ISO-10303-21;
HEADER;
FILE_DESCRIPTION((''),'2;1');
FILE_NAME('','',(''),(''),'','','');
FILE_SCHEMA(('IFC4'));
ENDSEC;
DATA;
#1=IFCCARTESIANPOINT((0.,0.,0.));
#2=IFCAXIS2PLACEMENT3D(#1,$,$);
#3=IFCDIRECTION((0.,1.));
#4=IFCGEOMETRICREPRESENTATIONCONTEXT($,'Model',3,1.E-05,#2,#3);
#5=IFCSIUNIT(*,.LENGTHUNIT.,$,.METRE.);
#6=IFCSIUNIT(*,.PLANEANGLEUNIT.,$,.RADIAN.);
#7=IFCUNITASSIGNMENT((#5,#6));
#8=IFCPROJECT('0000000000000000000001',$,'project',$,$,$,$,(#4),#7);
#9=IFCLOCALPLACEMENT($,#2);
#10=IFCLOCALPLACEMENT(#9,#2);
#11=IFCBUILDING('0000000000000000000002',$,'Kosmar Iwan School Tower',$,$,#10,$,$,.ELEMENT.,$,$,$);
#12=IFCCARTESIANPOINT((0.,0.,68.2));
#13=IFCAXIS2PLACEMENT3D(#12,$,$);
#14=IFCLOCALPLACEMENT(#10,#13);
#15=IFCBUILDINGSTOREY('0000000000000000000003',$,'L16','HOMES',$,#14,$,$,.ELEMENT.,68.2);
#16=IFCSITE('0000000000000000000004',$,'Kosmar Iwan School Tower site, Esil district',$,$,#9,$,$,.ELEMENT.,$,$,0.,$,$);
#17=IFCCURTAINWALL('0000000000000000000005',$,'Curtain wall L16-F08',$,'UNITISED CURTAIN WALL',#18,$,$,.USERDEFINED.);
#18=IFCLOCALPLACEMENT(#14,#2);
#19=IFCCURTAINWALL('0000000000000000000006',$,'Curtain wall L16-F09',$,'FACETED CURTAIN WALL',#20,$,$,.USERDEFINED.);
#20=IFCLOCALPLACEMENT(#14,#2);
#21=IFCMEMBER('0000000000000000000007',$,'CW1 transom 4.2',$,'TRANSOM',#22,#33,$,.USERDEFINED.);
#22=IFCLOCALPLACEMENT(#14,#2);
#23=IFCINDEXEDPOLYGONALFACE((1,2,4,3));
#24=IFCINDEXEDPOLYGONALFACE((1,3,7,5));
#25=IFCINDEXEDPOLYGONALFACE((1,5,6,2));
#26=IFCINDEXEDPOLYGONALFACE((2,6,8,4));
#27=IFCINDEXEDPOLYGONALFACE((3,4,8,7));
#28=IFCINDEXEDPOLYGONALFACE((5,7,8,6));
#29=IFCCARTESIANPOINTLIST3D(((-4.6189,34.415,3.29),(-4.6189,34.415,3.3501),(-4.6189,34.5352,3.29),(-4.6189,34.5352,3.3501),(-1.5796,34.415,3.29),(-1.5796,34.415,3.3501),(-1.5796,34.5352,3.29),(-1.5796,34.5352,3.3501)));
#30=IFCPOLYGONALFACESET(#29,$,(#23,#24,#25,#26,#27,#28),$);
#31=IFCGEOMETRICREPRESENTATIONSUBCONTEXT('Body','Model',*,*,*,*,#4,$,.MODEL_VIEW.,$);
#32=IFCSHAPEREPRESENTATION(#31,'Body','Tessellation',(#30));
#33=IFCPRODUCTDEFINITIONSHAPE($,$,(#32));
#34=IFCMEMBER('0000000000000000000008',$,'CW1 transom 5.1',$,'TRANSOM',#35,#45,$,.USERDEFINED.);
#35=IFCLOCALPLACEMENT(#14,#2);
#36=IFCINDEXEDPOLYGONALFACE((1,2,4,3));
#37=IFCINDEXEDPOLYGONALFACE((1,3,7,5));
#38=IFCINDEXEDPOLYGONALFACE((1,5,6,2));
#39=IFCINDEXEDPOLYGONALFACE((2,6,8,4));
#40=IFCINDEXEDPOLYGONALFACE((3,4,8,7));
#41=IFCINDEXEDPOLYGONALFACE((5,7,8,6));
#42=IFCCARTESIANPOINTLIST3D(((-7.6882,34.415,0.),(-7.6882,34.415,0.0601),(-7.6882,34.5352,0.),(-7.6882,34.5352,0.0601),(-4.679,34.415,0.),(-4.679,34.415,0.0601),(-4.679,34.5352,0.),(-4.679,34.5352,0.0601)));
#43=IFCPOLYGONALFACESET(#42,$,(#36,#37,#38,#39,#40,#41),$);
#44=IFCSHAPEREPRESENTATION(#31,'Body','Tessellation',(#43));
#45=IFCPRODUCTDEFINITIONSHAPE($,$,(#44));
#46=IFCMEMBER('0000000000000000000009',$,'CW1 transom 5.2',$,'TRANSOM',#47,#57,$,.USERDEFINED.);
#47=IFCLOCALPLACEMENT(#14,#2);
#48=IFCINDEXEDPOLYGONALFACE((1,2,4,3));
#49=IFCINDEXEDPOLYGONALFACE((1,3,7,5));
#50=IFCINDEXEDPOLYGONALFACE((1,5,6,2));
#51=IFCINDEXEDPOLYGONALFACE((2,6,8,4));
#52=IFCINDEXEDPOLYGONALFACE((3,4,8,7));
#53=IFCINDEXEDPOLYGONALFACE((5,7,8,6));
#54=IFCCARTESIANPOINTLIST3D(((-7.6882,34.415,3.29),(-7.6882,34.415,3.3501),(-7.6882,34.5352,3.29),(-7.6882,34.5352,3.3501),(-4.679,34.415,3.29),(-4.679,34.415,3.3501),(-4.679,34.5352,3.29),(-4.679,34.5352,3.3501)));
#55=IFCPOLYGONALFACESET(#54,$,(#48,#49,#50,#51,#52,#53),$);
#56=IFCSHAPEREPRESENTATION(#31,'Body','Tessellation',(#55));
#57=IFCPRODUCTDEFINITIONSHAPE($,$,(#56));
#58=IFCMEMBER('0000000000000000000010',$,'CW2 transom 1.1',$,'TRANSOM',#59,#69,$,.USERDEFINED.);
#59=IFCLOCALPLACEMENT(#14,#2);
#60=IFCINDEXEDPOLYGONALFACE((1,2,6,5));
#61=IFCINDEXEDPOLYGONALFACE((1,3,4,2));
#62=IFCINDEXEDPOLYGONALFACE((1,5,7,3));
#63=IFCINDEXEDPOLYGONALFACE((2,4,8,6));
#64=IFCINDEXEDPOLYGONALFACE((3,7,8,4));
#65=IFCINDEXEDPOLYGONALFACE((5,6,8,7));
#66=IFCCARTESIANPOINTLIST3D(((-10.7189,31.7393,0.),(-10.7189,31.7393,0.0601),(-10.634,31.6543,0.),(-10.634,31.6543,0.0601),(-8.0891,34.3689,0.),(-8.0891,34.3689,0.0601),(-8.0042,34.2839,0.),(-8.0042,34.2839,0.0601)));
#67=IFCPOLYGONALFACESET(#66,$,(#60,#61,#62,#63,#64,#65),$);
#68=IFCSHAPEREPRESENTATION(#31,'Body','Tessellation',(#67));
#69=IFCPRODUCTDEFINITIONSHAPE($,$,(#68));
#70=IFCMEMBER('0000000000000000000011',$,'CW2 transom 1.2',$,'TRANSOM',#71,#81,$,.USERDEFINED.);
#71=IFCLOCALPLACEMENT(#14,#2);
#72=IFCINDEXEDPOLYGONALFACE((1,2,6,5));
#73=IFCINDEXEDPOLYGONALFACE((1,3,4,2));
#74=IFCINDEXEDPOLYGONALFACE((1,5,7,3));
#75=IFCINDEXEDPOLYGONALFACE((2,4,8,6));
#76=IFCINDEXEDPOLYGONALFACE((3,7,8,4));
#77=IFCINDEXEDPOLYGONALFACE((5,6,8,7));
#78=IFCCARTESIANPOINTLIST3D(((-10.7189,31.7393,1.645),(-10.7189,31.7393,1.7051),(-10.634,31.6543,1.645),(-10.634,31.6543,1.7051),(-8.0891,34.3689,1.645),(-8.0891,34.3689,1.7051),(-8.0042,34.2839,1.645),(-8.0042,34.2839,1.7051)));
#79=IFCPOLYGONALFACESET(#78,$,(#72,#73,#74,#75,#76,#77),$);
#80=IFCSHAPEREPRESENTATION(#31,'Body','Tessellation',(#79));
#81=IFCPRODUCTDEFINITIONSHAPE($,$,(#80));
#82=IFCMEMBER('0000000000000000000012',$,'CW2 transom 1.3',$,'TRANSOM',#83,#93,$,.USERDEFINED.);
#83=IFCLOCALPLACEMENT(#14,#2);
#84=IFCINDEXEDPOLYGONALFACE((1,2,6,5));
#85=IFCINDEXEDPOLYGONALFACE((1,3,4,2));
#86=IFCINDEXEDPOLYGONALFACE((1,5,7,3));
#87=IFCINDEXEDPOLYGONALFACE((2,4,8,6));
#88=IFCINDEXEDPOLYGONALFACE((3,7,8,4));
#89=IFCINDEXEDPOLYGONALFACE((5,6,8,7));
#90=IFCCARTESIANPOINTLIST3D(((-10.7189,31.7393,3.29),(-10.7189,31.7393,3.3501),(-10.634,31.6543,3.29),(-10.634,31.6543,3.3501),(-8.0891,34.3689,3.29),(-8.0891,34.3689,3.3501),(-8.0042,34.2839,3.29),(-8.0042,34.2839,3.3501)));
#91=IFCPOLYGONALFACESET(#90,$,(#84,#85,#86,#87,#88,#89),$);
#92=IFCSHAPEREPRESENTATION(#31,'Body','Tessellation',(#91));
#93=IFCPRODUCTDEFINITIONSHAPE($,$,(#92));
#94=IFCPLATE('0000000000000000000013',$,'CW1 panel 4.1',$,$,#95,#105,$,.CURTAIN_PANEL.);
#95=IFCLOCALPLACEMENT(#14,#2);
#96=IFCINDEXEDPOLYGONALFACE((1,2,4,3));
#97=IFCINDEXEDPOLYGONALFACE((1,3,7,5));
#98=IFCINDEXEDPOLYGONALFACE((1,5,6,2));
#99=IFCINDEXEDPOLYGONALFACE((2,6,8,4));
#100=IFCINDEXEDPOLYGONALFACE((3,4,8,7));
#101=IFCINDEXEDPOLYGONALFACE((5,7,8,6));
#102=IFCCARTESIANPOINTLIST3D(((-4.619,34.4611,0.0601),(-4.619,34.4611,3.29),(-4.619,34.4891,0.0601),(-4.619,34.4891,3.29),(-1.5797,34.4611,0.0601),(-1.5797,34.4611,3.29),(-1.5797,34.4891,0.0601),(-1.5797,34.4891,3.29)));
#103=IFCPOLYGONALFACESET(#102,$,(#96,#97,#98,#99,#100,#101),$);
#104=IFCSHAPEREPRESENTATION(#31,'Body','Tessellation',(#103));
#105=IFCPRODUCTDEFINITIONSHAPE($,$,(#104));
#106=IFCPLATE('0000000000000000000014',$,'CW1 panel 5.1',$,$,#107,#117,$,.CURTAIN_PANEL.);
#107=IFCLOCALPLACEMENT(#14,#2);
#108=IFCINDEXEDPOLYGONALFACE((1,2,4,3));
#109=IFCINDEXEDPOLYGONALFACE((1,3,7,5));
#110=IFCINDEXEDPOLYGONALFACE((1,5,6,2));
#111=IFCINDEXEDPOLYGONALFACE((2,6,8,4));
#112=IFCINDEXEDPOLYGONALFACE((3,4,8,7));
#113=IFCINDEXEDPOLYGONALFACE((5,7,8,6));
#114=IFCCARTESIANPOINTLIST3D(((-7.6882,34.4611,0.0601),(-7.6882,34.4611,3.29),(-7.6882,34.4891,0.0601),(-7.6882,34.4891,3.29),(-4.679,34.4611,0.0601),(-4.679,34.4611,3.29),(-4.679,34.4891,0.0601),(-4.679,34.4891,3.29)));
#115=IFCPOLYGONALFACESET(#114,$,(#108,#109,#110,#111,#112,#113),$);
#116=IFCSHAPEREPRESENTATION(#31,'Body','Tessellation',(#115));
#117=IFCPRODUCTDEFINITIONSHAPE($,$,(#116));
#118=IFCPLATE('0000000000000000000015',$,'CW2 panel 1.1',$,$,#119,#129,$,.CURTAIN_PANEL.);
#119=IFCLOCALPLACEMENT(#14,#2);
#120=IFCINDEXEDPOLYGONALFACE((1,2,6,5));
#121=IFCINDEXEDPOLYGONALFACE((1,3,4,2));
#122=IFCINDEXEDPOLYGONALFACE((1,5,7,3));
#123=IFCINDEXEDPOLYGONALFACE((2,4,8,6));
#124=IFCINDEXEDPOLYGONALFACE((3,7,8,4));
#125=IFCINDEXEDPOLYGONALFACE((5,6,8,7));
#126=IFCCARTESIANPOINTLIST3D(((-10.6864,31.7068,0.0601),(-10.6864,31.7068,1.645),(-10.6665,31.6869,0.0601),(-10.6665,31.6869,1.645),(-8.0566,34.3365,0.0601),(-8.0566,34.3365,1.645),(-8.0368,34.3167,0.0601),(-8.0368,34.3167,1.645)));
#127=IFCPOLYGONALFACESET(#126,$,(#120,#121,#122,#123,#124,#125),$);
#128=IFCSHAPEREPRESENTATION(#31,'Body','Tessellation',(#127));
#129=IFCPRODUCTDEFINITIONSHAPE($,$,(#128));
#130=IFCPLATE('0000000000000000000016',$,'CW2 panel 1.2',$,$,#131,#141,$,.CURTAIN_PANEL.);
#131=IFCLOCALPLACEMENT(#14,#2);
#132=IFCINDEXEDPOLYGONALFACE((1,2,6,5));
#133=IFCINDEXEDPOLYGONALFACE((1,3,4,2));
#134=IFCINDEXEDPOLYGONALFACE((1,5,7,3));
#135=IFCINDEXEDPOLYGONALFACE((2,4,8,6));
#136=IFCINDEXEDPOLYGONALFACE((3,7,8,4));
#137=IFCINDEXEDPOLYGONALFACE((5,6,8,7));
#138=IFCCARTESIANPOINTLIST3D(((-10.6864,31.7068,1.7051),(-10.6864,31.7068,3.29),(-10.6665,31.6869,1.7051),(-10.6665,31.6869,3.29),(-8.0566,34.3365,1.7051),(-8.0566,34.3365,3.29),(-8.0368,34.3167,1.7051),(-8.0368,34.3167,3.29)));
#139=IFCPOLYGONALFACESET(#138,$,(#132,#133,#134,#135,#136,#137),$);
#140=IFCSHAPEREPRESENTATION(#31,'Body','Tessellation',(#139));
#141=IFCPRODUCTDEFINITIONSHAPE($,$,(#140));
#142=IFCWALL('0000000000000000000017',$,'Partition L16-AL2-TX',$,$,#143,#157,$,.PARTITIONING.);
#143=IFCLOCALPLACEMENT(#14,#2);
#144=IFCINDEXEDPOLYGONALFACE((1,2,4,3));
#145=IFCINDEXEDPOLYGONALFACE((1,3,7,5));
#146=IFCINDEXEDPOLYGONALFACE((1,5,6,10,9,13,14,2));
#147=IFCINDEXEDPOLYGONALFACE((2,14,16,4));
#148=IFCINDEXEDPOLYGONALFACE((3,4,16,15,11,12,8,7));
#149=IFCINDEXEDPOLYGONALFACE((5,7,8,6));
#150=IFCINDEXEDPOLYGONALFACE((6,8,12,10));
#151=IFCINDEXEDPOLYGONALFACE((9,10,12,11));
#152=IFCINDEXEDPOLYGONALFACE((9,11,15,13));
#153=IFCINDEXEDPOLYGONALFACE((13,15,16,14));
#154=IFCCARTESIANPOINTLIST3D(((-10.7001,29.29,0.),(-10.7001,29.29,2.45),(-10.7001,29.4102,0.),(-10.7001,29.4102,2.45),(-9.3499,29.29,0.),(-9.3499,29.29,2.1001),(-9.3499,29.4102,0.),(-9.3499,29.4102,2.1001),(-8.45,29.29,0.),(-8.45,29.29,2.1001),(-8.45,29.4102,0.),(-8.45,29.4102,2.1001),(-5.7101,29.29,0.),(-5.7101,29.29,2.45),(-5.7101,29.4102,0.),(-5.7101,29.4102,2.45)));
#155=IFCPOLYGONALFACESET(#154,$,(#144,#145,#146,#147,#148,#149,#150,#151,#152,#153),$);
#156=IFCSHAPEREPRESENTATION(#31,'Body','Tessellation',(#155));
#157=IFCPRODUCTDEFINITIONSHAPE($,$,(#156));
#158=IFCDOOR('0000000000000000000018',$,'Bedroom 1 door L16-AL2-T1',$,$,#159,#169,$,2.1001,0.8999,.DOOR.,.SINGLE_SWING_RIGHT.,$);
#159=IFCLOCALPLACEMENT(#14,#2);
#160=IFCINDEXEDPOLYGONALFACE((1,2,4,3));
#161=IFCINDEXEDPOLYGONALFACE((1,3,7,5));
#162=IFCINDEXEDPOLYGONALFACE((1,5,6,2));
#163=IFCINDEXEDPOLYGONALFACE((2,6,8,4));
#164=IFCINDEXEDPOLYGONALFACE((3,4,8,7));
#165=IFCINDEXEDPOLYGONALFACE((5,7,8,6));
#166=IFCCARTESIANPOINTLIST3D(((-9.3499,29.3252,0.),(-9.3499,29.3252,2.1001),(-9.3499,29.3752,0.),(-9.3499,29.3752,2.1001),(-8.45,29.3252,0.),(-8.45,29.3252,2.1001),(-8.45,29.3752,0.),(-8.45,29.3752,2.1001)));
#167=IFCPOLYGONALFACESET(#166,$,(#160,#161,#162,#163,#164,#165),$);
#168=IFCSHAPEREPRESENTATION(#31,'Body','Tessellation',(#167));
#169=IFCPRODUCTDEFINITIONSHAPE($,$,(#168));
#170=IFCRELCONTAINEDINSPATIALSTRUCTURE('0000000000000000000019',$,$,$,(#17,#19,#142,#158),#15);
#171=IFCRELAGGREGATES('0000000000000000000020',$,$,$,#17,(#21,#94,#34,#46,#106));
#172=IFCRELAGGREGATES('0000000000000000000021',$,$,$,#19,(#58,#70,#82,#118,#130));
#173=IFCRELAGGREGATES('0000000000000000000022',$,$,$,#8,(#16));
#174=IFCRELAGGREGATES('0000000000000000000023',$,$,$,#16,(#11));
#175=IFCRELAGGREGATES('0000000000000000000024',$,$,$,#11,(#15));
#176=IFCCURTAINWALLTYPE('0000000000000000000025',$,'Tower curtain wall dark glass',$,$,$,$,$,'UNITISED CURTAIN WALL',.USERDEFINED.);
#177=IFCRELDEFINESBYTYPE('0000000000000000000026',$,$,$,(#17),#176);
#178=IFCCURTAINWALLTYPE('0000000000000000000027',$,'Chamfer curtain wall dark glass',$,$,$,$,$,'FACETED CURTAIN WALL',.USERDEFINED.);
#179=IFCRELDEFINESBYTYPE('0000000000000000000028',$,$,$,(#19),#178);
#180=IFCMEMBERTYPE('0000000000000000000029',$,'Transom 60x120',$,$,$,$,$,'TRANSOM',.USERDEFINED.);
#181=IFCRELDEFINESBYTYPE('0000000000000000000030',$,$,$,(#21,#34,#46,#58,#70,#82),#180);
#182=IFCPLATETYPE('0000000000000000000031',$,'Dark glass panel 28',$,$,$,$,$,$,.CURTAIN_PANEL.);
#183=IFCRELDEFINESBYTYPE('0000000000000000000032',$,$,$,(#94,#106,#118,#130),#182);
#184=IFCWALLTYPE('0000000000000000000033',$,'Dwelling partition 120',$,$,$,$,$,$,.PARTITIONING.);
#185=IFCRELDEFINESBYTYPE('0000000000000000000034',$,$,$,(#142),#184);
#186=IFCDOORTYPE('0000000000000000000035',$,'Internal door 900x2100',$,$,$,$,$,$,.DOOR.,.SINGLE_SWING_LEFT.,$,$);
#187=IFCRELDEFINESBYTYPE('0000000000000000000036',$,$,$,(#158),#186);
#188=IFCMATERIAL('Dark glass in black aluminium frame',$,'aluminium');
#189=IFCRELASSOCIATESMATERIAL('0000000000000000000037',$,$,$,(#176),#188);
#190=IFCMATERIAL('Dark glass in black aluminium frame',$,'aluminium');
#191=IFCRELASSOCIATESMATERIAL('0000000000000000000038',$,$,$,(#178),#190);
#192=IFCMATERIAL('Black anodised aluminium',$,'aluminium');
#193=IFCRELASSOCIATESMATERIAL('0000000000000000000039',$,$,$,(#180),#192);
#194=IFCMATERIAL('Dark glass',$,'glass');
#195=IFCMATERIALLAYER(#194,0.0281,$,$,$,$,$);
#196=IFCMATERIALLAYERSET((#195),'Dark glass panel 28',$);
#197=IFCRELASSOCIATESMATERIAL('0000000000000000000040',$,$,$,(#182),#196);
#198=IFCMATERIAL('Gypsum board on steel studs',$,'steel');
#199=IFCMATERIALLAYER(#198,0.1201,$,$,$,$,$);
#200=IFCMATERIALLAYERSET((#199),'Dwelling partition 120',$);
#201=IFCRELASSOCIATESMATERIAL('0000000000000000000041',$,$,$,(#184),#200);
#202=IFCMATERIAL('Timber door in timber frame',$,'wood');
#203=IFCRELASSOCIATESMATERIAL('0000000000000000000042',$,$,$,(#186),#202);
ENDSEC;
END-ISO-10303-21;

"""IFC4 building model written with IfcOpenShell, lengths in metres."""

from ifc_helpers import new_model, si_unit, direction, frame, frame_2d, origin, origin_2d, place, context, subcontext, project, spatial, rectangle, extrude, material, layer, layer_set, material_profile, profile_set, type_object, element, fill, aggregate, save


model = new_model("IFC4")

# Units and contexts
model_context = context("Model", 3, precision=1e-05, world=origin(), true_north=direction((0.0, 1.0)))
body_context = subcontext(model_context, "Body", "Model", "MODEL_VIEW")
ifc_project = project(units=[si_unit("LENGTHUNIT", "METRE"), si_unit("PLANEANGLEUNIT", "RADIAN")], contexts=[model_context])

# Site, building, storey
site_placement = place(None, origin())
site = spatial("IfcSite", under=ifc_project, at=site_placement, Name="Kosmar Iwan School Tower site, Esil district", CompositionType="ELEMENT", RefElevation=0.0)
building_placement = place(site_placement, origin())
building = spatial("IfcBuilding", under=site, at=building_placement, Name="Kosmar Iwan School Tower", CompositionType="ELEMENT")
storey_placement = place(building_placement, frame((0.0, 0.0, 68.2)))
storey = spatial("IfcBuildingStorey", under=building, at=storey_placement, Name="L16", Description="HOMES", CompositionType="ELEMENT", Elevation=68.2)

# Curtain walls
ifc_material_1 = material(Name="Dark glass in black aluminium frame", Category="aluminium")
curtain_wall_type_1 = type_object("IfcCurtainWallType", Name="Tower curtain wall dark glass", ElementType="UNITISED CURTAIN WALL", PredefinedType="USERDEFINED", material=ifc_material_1)
curtain_wall_1_placement = place(storey_placement, origin())
curtain_wall_1 = element("IfcCurtainWall", 1, at=curtain_wall_1_placement, inside=storey, type_object=curtain_wall_type_1, Name="Curtain wall L16-F08", ObjectType="UNITISED CURTAIN WALL", PredefinedType="USERDEFINED")
ifc_material_2 = material(Name="Dark glass in black aluminium frame", Category="aluminium")
curtain_wall_type_2 = type_object("IfcCurtainWallType", Name="Chamfer curtain wall dark glass", ElementType="FACETED CURTAIN WALL", PredefinedType="USERDEFINED", material=ifc_material_2)
curtain_wall_2_placement = place(storey_placement, origin())
curtain_wall_2 = element("IfcCurtainWall", 2, at=curtain_wall_2_placement, inside=storey, type_object=curtain_wall_type_2, Name="Curtain wall L16-F09", ObjectType="FACETED CURTAIN WALL", PredefinedType="USERDEFINED")

# Members
ifc_material_3 = material(Name="Black anodised aluminium", Category="aluminium")
ifc_material_profile_1 = material_profile(ifc_material_3, rectangle(XDim=0.1201, YDim=0.0601, at=origin_2d()), Name="TRANSOM 60x120")
ifc_profile_set_1 = profile_set([ifc_material_profile_1], Name="Black anodised aluminium")
member_type_1 = type_object("IfcMemberType", Name="Transom 60x120", ElementType="TRANSOM", PredefinedType="USERDEFINED", material=ifc_profile_set_1)
member_1_placement = place(storey_placement, frame((-1.5796, 34.4751, 3.3201), z_axis=(-1.0, 0.0, 0.0), x_axis=(0.0, -1.0, 0.0)))
member_1 = element("IfcMember", 3, at=member_1_placement, type_object=member_type_1, Name="CW1 transom 4.2", ObjectType="TRANSOM", PredefinedType="USERDEFINED", context=body_context, shape_type="SweptSolid", body=[
    extrude(rectangle(XDim=0.1201, YDim=0.0601, at=origin_2d()), origin(), (0.0, 0.0, 1.0), 3.0393),
])
member_2_placement = place(storey_placement, frame((-4.679, 34.4751, 0.03), z_axis=(-1.0, 0.0, 0.0), x_axis=(0.0, -1.0, 0.0)))
member_2 = element("IfcMember", 4, at=member_2_placement, type_object=member_type_1, Name="CW1 transom 5.1", ObjectType="TRANSOM", PredefinedType="USERDEFINED", context=body_context, shape_type="SweptSolid", body=[
    extrude(rectangle(XDim=0.1201, YDim=0.0601, at=origin_2d()), origin(), (0.0, 0.0, 1.0), 3.0093),
])
member_3_placement = place(storey_placement, frame((-4.679, 34.4751, 3.3201), z_axis=(-1.0, 0.0, 0.0), x_axis=(0.0, -1.0, 0.0)))
member_3 = element("IfcMember", 5, at=member_3_placement, type_object=member_type_1, Name="CW1 transom 5.2", ObjectType="TRANSOM", PredefinedType="USERDEFINED", context=body_context, shape_type="SweptSolid", body=[
    extrude(rectangle(XDim=0.1201, YDim=0.0601, at=origin_2d()), origin(), (0.0, 0.0, 1.0), 3.0093),
])
member_4_placement = place(storey_placement, frame((-8.0466, 34.3264, 0.03), z_axis=(-0.70714, -0.707074, 0.0), x_axis=(0.707074, -0.70714, 0.0)))
member_4 = element("IfcMember", 6, at=member_4_placement, type_object=member_type_1, Name="CW2 transom 1.1", ObjectType="TRANSOM", PredefinedType="USERDEFINED", context=body_context, shape_type="SweptSolid", body=[
    extrude(rectangle(XDim=0.1201, YDim=0.0601, at=origin_2d()), origin(), (0.0, 0.0, 1.0), 3.719),
])
member_5_placement = place(storey_placement, frame((-8.0466, 34.3264, 1.675), z_axis=(-0.70714, -0.707074, 0.0), x_axis=(0.707074, -0.70714, 0.0)))
member_5 = element("IfcMember", 7, at=member_5_placement, type_object=member_type_1, Name="CW2 transom 1.2", ObjectType="TRANSOM", PredefinedType="USERDEFINED", context=body_context, shape_type="SweptSolid", body=[
    extrude(rectangle(XDim=0.1201, YDim=0.0601, at=origin_2d()), origin(), (0.0, 0.0, 1.0), 3.719),
])
member_6_placement = place(storey_placement, frame((-8.0466, 34.3264, 3.3201), z_axis=(-0.70714, -0.707074, 0.0), x_axis=(0.707074, -0.70714, 0.0)))
member_6 = element("IfcMember", 8, at=member_6_placement, type_object=member_type_1, Name="CW2 transom 1.3", ObjectType="TRANSOM", PredefinedType="USERDEFINED", context=body_context, shape_type="SweptSolid", body=[
    extrude(rectangle(XDim=0.1201, YDim=0.0601, at=origin_2d()), origin(), (0.0, 0.0, 1.0), 3.719),
])

# Plates
ifc_material_4 = material(Name="Dark glass", Category="glass")
ifc_layer_1 = layer(ifc_material_4, 0.0281)
ifc_layer_set_1 = layer_set([ifc_layer_1], Name="Dark glass panel 28")
plate_type = type_object("IfcPlateType", Name="Dark glass panel 28", PredefinedType="CURTAIN_PANEL", material=ifc_layer_set_1)
plate_1_placement = place(storey_placement, frame((-3.0994, 34.4751, 0.0601), z_axis=(0.0, 0.0, 1.0), x_axis=(-1.0, 0.0, 0.0)))
plate_1 = element("IfcPlate", 9, at=plate_1_placement, type_object=plate_type, Name="CW1 panel 4.1", PredefinedType="CURTAIN_PANEL", context=body_context, shape_type="SweptSolid", body=[
    extrude(rectangle(XDim=3.0393, YDim=0.0281, at=origin_2d()), origin(), (0.0, 0.0, 1.0), 3.23),
])
plate_2_placement = place(storey_placement, frame((-6.1836, 34.4751, 0.0601), z_axis=(0.0, 0.0, 1.0), x_axis=(-1.0, 0.0, 0.0)))
plate_2 = element("IfcPlate", 10, at=plate_2_placement, type_object=plate_type, Name="CW1 panel 5.1", PredefinedType="CURTAIN_PANEL", context=body_context, shape_type="SweptSolid", body=[
    extrude(rectangle(XDim=3.0093, YDim=0.0281, at=origin_2d()), origin(), (0.0, 0.0, 1.0), 3.23),
])
aggregate(curtain_wall_1, [member_1, plate_1, member_2, member_3, plate_2])
plate_3_placement = place(storey_placement, frame((-9.3616, 33.0117, 0.0601), z_axis=(0.0, 0.0, 1.0), x_axis=(-0.707107, -0.707107, 0.0)))
plate_3 = element("IfcPlate", 11, at=plate_3_placement, type_object=plate_type, Name="CW2 panel 1.1", PredefinedType="CURTAIN_PANEL", context=body_context, shape_type="SweptSolid", body=[
    extrude(rectangle(XDim=3.719, YDim=0.0281, at=origin_2d()), origin(), (0.0, 0.0, 1.0), 1.585),
])
plate_4_placement = place(storey_placement, frame((-9.3616, 33.0117, 1.7051), z_axis=(0.0, 0.0, 1.0), x_axis=(-0.707107, -0.707107, 0.0)))
plate_4 = element("IfcPlate", 12, at=plate_4_placement, type_object=plate_type, Name="CW2 panel 1.2", PredefinedType="CURTAIN_PANEL", context=body_context, shape_type="SweptSolid", body=[
    extrude(rectangle(XDim=3.719, YDim=0.0281, at=origin_2d()), origin(), (0.0, 0.0, 1.0), 1.585),
])
aggregate(curtain_wall_2, [member_4, member_5, member_6, plate_3, plate_4])

# Wall, opening, door
ifc_material_5 = material(Name="Gypsum board on steel studs", Category="steel")
ifc_layer_2 = layer(ifc_material_5, 0.1201)
ifc_layer_set_2 = layer_set([ifc_layer_2], Name="Dwelling partition 120")
wall_type_1 = type_object("IfcWallType", Name="Dwelling partition 120", PredefinedType="PARTITIONING", material=ifc_layer_set_2)
wall_1_placement = place(storey_placement, frame((-5.71, 29.3501, 0.0), z_axis=(0.0, 0.0, 1.0), x_axis=(-1.0, 0.0, 0.0)))
wall_1 = element("IfcWall", 13, at=wall_1_placement, inside=storey, type_object=wall_type_1, Name="Partition L16-AL2-TX", PredefinedType="PARTITIONING", context=body_context, shape_type="SweptSolid", body=[
    extrude(rectangle(XDim=4.99, YDim=0.1201, at=frame_2d((2.4951, 0.0))), origin(), (0.0, 0.0, 1.0), 2.45),
])
opening_1_placement = place(wall_1_placement, frame((2.74, 0.0, 0.0)))
opening_1 = element("IfcOpeningElement", 14, at=opening_1_placement, cuts=wall_1, PredefinedType="OPENING", context=body_context, shape_type="SweptSolid", body=[
    extrude(rectangle(XDim=0.8999, YDim=2.1001, at=frame_2d((0.45, 1.05))), frame((0.0, 0.072, 0.0), z_axis=(0.0, -1.0, 0.0), x_axis=(1.0, 0.0, 0.0)), (0.0, 0.0, 1.0), 0.144),
])
ifc_material_6 = material(Name="Timber door in timber frame", Category="wood")
door_type_1 = type_object("IfcDoorType", Name="Internal door 900x2100", OperationType="SINGLE_SWING_LEFT", PredefinedType="DOOR", material=ifc_material_6)
door_1_placement = place(opening_1_placement, origin())
door_1 = element("IfcDoor", 15, at=door_1_placement, inside=storey, type_object=door_type_1, Name="Bedroom 1 door L16-AL2-T1", OperationType="SINGLE_SWING_RIGHT", OverallHeight=2.1001, OverallWidth=0.8999, PredefinedType="DOOR", context=body_context, shape_type="SweptSolid", body=[
    extrude(rectangle(XDim=0.8999, YDim=2.1001, at=frame_2d((0.45, 1.05))), frame((0.0, 0.0249, 0.0), z_axis=(0.0, -1.0, 0.0), x_axis=(1.0, 0.0, 0.0)), (0.0, 0.0, 1.0), 0.05),
])
fill(opening_1, door_1)

save(model, "model.ifc")
